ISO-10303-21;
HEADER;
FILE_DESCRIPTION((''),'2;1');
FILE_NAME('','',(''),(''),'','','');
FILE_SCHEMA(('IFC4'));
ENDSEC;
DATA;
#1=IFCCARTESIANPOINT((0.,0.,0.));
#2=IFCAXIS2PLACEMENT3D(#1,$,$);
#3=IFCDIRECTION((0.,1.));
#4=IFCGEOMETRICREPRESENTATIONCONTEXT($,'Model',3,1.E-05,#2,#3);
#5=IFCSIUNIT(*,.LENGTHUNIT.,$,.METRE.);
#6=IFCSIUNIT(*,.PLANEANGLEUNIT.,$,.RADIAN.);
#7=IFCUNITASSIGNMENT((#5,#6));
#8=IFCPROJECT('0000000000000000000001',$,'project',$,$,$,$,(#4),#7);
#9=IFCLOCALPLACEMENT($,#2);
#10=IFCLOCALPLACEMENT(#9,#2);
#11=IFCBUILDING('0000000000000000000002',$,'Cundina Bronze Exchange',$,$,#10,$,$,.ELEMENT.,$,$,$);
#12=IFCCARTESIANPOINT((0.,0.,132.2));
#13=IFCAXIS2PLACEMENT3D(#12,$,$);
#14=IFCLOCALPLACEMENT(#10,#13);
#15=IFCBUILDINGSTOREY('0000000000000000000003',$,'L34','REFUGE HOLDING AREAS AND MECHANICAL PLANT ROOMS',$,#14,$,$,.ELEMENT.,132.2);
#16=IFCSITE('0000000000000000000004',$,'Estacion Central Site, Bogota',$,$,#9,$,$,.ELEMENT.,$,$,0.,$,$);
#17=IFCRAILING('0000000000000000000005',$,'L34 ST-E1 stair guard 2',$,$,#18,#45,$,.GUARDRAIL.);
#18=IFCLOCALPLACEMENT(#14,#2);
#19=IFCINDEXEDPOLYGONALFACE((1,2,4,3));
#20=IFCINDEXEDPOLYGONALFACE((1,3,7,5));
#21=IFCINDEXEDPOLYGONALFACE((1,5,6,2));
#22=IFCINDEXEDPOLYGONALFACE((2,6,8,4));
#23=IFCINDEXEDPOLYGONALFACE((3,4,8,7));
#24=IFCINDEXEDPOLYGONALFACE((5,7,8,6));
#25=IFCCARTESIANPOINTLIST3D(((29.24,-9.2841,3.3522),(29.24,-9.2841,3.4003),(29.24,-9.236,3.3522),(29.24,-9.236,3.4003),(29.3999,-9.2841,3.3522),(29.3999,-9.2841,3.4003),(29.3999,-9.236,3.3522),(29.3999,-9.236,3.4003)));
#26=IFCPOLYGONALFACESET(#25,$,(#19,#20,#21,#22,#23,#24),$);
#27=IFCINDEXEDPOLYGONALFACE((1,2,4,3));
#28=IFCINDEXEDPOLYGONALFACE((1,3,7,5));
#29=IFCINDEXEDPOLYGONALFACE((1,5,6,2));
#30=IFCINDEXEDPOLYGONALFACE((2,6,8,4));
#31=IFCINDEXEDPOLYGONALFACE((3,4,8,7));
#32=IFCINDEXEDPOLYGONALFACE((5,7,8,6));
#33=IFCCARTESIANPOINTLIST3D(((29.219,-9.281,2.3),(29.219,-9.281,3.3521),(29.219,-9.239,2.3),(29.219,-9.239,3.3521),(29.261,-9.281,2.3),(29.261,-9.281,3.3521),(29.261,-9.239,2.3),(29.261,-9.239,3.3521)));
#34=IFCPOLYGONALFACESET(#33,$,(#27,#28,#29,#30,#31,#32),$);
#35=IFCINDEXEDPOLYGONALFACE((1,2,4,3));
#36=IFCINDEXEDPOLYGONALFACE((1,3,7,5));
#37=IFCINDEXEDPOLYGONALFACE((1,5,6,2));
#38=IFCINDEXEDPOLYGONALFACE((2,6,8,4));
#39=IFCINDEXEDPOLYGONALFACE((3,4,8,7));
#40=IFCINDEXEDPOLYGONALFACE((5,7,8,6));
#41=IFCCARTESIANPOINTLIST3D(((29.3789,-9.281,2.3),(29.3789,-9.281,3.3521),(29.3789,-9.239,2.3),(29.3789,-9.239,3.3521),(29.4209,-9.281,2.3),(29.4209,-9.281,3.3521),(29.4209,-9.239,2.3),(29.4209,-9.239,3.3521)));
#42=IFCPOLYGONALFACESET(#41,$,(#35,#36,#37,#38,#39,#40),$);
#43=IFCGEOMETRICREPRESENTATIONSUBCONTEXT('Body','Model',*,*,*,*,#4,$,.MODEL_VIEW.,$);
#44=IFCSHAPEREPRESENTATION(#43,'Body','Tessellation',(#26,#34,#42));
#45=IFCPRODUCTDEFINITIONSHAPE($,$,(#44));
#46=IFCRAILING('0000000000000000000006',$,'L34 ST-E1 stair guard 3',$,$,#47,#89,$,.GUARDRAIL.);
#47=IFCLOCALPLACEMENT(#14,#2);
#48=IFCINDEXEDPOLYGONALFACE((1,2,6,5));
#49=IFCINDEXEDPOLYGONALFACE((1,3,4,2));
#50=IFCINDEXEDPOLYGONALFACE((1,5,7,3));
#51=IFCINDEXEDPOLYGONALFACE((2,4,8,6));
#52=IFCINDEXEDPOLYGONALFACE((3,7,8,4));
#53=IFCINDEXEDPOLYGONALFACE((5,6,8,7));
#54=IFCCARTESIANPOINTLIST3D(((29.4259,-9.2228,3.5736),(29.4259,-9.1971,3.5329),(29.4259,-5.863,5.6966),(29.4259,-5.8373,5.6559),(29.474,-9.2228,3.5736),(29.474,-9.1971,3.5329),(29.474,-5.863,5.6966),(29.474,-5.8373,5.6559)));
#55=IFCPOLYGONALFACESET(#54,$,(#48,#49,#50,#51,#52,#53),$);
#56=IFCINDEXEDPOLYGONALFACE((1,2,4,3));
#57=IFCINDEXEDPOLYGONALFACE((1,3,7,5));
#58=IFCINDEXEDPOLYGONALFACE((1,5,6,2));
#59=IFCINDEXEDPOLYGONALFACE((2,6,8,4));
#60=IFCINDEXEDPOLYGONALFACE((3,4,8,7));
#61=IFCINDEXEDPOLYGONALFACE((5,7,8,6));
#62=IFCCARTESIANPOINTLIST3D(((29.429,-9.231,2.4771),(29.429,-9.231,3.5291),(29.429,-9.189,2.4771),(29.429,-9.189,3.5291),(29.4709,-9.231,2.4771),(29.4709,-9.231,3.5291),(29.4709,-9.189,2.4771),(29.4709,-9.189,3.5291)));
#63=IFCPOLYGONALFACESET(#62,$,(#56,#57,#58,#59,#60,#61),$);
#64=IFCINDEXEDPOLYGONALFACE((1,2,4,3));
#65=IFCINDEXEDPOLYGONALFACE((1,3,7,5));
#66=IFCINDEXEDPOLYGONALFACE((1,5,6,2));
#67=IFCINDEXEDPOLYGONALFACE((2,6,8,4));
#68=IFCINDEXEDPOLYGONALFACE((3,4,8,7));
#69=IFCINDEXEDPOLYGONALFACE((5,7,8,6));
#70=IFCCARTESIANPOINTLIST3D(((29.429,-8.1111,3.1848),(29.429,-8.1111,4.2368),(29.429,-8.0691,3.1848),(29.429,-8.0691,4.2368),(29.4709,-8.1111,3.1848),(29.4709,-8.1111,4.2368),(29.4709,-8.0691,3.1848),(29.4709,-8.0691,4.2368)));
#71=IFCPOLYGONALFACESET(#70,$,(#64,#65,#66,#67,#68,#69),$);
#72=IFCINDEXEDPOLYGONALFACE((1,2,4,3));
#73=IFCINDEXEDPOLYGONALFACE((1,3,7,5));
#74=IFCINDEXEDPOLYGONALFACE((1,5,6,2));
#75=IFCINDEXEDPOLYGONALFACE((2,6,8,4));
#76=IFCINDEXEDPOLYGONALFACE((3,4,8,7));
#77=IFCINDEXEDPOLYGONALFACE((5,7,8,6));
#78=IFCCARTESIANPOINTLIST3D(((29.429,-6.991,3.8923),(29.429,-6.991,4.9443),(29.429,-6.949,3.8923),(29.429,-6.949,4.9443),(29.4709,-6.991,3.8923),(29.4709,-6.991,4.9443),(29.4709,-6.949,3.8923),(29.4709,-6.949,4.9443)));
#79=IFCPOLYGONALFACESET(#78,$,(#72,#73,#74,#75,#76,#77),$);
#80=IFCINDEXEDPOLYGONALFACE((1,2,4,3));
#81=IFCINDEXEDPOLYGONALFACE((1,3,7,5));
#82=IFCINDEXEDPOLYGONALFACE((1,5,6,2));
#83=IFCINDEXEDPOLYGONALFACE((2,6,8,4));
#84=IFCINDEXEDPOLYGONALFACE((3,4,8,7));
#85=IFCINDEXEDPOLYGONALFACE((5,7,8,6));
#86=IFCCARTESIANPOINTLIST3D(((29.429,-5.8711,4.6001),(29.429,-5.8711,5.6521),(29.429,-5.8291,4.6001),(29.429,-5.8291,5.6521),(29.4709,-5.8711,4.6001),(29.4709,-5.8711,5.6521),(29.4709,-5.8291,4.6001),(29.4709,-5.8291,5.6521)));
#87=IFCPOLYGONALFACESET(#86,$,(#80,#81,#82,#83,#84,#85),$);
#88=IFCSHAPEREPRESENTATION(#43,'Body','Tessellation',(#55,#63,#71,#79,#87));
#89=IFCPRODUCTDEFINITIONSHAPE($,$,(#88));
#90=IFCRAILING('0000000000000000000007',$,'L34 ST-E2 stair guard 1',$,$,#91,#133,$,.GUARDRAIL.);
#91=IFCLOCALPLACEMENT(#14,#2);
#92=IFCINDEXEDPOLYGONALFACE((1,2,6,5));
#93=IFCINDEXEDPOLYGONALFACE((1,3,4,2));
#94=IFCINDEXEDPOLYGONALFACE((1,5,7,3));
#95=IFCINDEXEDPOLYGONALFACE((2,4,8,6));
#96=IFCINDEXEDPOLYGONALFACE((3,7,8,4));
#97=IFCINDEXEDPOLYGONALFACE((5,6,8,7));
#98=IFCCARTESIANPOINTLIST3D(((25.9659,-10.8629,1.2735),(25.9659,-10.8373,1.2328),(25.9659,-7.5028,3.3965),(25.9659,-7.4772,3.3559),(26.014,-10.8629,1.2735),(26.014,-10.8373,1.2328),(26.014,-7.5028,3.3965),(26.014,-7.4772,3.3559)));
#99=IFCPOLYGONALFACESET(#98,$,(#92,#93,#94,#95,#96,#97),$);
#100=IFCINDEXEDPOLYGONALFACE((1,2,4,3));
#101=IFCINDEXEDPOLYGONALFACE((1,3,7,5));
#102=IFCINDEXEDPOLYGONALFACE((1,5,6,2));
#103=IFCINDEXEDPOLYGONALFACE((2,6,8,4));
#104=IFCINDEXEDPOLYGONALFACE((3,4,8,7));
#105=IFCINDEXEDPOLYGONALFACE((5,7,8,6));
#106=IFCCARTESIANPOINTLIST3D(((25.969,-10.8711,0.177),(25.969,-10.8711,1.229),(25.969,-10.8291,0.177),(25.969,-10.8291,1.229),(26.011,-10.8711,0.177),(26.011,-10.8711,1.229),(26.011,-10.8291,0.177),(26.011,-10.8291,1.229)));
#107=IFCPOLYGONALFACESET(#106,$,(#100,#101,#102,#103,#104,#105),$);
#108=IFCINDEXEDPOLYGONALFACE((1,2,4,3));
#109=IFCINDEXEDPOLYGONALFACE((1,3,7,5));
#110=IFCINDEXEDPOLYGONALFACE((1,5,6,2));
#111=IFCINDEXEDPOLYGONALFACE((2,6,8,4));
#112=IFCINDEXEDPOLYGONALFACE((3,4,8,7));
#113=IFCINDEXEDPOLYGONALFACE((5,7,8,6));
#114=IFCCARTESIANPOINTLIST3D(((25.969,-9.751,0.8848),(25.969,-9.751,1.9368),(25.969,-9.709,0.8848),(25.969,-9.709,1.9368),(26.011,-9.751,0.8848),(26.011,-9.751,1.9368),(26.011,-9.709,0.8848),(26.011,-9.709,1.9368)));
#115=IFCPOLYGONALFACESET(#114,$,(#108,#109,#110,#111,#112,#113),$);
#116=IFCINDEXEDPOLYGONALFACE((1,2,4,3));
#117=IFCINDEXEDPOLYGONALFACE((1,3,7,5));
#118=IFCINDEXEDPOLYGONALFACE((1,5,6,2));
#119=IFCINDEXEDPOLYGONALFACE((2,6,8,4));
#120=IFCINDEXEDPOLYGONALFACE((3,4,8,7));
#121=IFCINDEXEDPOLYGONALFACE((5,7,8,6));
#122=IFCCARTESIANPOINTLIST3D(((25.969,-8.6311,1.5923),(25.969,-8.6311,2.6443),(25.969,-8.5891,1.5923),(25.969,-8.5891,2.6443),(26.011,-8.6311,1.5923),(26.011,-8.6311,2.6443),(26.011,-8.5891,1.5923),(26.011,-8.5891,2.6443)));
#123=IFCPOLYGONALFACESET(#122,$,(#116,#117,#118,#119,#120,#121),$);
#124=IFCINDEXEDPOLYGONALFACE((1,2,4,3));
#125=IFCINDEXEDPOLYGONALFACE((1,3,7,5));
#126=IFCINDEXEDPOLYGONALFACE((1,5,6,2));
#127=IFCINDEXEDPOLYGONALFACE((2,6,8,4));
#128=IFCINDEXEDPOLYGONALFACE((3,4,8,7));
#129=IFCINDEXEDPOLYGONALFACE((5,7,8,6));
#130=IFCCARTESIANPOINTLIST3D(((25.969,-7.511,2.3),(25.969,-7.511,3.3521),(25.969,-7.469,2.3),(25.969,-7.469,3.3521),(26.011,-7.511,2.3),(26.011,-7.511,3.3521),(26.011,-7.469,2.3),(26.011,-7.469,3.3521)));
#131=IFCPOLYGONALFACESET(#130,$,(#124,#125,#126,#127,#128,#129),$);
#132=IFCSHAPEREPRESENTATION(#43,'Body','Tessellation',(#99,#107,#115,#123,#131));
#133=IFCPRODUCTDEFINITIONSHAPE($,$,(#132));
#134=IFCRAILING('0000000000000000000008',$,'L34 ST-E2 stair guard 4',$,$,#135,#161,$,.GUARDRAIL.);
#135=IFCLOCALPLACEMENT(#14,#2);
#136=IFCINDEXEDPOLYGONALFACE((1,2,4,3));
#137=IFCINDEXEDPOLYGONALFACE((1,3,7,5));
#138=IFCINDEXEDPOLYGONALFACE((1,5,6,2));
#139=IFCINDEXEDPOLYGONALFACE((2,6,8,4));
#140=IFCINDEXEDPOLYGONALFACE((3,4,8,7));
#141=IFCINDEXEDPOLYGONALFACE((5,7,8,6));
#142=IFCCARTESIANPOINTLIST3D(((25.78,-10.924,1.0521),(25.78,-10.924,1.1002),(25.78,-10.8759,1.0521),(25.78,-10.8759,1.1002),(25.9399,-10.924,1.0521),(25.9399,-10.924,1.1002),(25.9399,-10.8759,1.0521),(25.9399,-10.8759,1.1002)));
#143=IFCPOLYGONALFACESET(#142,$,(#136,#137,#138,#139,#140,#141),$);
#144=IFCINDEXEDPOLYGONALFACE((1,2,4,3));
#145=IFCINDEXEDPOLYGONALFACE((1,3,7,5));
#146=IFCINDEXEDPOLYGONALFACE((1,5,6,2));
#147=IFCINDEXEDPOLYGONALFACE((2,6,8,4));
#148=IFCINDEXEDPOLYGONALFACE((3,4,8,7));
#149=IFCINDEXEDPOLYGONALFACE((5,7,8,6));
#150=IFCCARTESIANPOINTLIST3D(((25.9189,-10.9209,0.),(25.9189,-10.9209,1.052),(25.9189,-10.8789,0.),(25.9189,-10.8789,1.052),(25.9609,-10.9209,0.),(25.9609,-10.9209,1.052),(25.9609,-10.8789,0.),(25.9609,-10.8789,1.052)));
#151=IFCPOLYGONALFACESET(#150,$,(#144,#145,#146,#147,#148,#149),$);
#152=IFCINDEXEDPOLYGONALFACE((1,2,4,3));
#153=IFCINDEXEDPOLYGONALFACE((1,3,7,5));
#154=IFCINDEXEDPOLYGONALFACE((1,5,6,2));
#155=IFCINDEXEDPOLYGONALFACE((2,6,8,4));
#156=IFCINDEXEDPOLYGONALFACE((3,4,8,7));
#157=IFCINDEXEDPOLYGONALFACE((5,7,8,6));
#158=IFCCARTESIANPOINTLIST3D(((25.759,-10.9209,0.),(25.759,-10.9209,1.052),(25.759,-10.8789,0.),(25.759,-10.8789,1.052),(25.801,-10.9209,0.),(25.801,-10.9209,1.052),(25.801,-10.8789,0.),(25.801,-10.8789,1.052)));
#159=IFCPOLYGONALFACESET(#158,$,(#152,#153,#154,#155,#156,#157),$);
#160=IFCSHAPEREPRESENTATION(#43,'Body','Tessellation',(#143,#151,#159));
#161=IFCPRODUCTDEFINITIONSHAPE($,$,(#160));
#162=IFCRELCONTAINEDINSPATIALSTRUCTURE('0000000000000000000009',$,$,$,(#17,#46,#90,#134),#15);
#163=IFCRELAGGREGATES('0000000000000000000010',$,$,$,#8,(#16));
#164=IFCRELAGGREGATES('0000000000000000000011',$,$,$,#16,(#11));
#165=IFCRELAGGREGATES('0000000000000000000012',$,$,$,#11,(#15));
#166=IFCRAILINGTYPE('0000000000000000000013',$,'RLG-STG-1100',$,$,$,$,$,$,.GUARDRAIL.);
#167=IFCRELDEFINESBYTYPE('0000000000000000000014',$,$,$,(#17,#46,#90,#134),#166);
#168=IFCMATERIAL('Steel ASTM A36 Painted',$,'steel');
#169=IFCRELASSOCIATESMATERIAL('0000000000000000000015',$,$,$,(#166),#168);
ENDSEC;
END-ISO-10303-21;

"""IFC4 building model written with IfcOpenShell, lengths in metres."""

from ifc_helpers import new_model, si_unit, direction, frame, origin, origin_2d, place, context, subcontext, project, spatial, rectangle, extrude, material, type_object, element, save


model = new_model("IFC4")

# Units and contexts
model_context = context("Model", 3, precision=1e-05, world=origin(), true_north=direction((0.0, 1.0)))
body_context = subcontext(model_context, "Body", "Model", "MODEL_VIEW")
ifc_project = project(units=[si_unit("LENGTHUNIT", "METRE"), si_unit("PLANEANGLEUNIT", "RADIAN")], contexts=[model_context])

# Site, building, storey
site_placement = place(None, origin())
site = spatial("IfcSite", under=ifc_project, at=site_placement, Name="Estacion Central Site, Bogota", CompositionType="ELEMENT", RefElevation=0.0)
building_placement = place(site_placement, origin())
building = spatial("IfcBuilding", under=site, at=building_placement, Name="Cundina Bronze Exchange", CompositionType="ELEMENT")
storey_placement = place(building_placement, frame((0.0, 0.0, 132.2)))
storey = spatial("IfcBuildingStorey", under=building, at=storey_placement, Name="L34", Description="REFUGE HOLDING AREAS AND MECHANICAL PLANT ROOMS", CompositionType="ELEMENT", Elevation=132.2)

# Shared definitions
ifc_material_1 = material(Name="Steel ASTM A36 Painted", Category="steel")

# Railings
railing_type_1 = type_object("IfcRailingType", Name="RLG-STG-1100", PredefinedType="GUARDRAIL", material=ifc_material_1)
railing_1_placement = place(storey_placement, frame((29.24, -9.26, 2.3)))
element("IfcRailing", 1, at=railing_1_placement, inside=storey, type_object=railing_type_1, Name="L34 ST-E1 stair guard 2", PredefinedType="GUARDRAIL", context=body_context, shape_type="SweptSolid", body=[
    extrude(rectangle(XDim=0.0481, YDim=0.0481, at=origin_2d()), frame((0.0, 0.0, 1.0762), z_axis=(1.0, 0.0, 0.0), x_axis=(0.0, 1.0, 0.0)), (0.0, 0.0, 1.0), 0.1599),
    extrude(rectangle(XDim=0.042, YDim=0.042, at=origin_2d()), origin(), (0.0, 0.0, 1.0), 1.052),
    extrude(rectangle(XDim=0.042, YDim=0.042, at=origin_2d()), frame((0.1599, 0.0, 0.0)), (0.0, 0.0, 1.0), 1.052),
])
railing_2_placement = place(storey_placement, frame((29.45, -9.21, 2.4771)))
element("IfcRailing", 2, at=railing_2_placement, inside=storey, type_object=railing_type_1, Name="L34 ST-E1 stair guard 3", PredefinedType="GUARDRAIL", context=body_context, shape_type="SweptSolid", body=[
    extrude(rectangle(XDim=0.0481, YDim=0.0481, at=origin_2d()), frame((0.0, 0.0, 1.0762), z_axis=(0.0, 0.845372, 0.534178), x_axis=(-1.0, 0.0, 0.0)), (0.0, 0.0, 1.0), 3.9744),
    extrude(rectangle(XDim=0.042, YDim=0.042, at=origin_2d()), origin(), (0.0, 0.0, 1.0), 1.052),
    extrude(rectangle(XDim=0.042, YDim=0.042, at=origin_2d()), frame((0.0, 1.1199, 0.7078)), (0.0, 0.0, 1.0), 1.052),
    extrude(rectangle(XDim=0.042, YDim=0.042, at=origin_2d()), frame((0.0, 2.24, 1.4153)), (0.0, 0.0, 1.0), 1.052),
    extrude(rectangle(XDim=0.042, YDim=0.042, at=origin_2d()), frame((0.0, 3.3599, 2.123)), (0.0, 0.0, 1.0), 1.052),
])
railing_3_placement = place(storey_placement, frame((25.99, -10.8501, 0.177)))
element("IfcRailing", 3, at=railing_3_placement, inside=storey, type_object=railing_type_1, Name="L34 ST-E2 stair guard 1", PredefinedType="GUARDRAIL", context=body_context, shape_type="SweptSolid", body=[
    extrude(rectangle(XDim=0.0481, YDim=0.0481, at=origin_2d()), frame((0.0, 0.0, 1.0762), z_axis=(0.0, 0.84539, 0.53415), x_axis=(-1.0, 0.0, 0.0)), (0.0, 0.0, 1.0), 3.9746),
    extrude(rectangle(XDim=0.042, YDim=0.042, at=origin_2d()), origin(), (0.0, 0.0, 1.0), 1.052),
    extrude(rectangle(XDim=0.042, YDim=0.042, at=origin_2d()), frame((0.0, 1.1201, 0.7078)), (0.0, 0.0, 1.0), 1.052),
    extrude(rectangle(XDim=0.042, YDim=0.042, at=origin_2d()), frame((0.0, 2.24, 1.4153)), (0.0, 0.0, 1.0), 1.052),
    extrude(rectangle(XDim=0.042, YDim=0.042, at=origin_2d()), frame((0.0, 3.3601, 2.123)), (0.0, 0.0, 1.0), 1.052),
])
railing_4_placement = place(storey_placement, frame((25.9399, -10.8999, 0.0)))
element("IfcRailing", 4, at=railing_4_placement, inside=storey, type_object=railing_type_1, Name="L34 ST-E2 stair guard 4", PredefinedType="GUARDRAIL", context=body_context, shape_type="SweptSolid", body=[
    extrude(rectangle(XDim=0.0481, YDim=0.0481, at=origin_2d()), frame((0.0, 0.0, 1.0762), z_axis=(-1.0, 0.0, 0.0), x_axis=(0.0, -1.0, 0.0)), (0.0, 0.0, 1.0), 0.1599),
    extrude(rectangle(XDim=0.042, YDim=0.042, at=origin_2d()), origin(), (0.0, 0.0, 1.0), 1.052),
    extrude(rectangle(XDim=0.042, YDim=0.042, at=origin_2d()), frame((-0.1599, 0.0, 0.0)), (0.0, 0.0, 1.0), 1.052),
])

save(model, "model.ifc")
